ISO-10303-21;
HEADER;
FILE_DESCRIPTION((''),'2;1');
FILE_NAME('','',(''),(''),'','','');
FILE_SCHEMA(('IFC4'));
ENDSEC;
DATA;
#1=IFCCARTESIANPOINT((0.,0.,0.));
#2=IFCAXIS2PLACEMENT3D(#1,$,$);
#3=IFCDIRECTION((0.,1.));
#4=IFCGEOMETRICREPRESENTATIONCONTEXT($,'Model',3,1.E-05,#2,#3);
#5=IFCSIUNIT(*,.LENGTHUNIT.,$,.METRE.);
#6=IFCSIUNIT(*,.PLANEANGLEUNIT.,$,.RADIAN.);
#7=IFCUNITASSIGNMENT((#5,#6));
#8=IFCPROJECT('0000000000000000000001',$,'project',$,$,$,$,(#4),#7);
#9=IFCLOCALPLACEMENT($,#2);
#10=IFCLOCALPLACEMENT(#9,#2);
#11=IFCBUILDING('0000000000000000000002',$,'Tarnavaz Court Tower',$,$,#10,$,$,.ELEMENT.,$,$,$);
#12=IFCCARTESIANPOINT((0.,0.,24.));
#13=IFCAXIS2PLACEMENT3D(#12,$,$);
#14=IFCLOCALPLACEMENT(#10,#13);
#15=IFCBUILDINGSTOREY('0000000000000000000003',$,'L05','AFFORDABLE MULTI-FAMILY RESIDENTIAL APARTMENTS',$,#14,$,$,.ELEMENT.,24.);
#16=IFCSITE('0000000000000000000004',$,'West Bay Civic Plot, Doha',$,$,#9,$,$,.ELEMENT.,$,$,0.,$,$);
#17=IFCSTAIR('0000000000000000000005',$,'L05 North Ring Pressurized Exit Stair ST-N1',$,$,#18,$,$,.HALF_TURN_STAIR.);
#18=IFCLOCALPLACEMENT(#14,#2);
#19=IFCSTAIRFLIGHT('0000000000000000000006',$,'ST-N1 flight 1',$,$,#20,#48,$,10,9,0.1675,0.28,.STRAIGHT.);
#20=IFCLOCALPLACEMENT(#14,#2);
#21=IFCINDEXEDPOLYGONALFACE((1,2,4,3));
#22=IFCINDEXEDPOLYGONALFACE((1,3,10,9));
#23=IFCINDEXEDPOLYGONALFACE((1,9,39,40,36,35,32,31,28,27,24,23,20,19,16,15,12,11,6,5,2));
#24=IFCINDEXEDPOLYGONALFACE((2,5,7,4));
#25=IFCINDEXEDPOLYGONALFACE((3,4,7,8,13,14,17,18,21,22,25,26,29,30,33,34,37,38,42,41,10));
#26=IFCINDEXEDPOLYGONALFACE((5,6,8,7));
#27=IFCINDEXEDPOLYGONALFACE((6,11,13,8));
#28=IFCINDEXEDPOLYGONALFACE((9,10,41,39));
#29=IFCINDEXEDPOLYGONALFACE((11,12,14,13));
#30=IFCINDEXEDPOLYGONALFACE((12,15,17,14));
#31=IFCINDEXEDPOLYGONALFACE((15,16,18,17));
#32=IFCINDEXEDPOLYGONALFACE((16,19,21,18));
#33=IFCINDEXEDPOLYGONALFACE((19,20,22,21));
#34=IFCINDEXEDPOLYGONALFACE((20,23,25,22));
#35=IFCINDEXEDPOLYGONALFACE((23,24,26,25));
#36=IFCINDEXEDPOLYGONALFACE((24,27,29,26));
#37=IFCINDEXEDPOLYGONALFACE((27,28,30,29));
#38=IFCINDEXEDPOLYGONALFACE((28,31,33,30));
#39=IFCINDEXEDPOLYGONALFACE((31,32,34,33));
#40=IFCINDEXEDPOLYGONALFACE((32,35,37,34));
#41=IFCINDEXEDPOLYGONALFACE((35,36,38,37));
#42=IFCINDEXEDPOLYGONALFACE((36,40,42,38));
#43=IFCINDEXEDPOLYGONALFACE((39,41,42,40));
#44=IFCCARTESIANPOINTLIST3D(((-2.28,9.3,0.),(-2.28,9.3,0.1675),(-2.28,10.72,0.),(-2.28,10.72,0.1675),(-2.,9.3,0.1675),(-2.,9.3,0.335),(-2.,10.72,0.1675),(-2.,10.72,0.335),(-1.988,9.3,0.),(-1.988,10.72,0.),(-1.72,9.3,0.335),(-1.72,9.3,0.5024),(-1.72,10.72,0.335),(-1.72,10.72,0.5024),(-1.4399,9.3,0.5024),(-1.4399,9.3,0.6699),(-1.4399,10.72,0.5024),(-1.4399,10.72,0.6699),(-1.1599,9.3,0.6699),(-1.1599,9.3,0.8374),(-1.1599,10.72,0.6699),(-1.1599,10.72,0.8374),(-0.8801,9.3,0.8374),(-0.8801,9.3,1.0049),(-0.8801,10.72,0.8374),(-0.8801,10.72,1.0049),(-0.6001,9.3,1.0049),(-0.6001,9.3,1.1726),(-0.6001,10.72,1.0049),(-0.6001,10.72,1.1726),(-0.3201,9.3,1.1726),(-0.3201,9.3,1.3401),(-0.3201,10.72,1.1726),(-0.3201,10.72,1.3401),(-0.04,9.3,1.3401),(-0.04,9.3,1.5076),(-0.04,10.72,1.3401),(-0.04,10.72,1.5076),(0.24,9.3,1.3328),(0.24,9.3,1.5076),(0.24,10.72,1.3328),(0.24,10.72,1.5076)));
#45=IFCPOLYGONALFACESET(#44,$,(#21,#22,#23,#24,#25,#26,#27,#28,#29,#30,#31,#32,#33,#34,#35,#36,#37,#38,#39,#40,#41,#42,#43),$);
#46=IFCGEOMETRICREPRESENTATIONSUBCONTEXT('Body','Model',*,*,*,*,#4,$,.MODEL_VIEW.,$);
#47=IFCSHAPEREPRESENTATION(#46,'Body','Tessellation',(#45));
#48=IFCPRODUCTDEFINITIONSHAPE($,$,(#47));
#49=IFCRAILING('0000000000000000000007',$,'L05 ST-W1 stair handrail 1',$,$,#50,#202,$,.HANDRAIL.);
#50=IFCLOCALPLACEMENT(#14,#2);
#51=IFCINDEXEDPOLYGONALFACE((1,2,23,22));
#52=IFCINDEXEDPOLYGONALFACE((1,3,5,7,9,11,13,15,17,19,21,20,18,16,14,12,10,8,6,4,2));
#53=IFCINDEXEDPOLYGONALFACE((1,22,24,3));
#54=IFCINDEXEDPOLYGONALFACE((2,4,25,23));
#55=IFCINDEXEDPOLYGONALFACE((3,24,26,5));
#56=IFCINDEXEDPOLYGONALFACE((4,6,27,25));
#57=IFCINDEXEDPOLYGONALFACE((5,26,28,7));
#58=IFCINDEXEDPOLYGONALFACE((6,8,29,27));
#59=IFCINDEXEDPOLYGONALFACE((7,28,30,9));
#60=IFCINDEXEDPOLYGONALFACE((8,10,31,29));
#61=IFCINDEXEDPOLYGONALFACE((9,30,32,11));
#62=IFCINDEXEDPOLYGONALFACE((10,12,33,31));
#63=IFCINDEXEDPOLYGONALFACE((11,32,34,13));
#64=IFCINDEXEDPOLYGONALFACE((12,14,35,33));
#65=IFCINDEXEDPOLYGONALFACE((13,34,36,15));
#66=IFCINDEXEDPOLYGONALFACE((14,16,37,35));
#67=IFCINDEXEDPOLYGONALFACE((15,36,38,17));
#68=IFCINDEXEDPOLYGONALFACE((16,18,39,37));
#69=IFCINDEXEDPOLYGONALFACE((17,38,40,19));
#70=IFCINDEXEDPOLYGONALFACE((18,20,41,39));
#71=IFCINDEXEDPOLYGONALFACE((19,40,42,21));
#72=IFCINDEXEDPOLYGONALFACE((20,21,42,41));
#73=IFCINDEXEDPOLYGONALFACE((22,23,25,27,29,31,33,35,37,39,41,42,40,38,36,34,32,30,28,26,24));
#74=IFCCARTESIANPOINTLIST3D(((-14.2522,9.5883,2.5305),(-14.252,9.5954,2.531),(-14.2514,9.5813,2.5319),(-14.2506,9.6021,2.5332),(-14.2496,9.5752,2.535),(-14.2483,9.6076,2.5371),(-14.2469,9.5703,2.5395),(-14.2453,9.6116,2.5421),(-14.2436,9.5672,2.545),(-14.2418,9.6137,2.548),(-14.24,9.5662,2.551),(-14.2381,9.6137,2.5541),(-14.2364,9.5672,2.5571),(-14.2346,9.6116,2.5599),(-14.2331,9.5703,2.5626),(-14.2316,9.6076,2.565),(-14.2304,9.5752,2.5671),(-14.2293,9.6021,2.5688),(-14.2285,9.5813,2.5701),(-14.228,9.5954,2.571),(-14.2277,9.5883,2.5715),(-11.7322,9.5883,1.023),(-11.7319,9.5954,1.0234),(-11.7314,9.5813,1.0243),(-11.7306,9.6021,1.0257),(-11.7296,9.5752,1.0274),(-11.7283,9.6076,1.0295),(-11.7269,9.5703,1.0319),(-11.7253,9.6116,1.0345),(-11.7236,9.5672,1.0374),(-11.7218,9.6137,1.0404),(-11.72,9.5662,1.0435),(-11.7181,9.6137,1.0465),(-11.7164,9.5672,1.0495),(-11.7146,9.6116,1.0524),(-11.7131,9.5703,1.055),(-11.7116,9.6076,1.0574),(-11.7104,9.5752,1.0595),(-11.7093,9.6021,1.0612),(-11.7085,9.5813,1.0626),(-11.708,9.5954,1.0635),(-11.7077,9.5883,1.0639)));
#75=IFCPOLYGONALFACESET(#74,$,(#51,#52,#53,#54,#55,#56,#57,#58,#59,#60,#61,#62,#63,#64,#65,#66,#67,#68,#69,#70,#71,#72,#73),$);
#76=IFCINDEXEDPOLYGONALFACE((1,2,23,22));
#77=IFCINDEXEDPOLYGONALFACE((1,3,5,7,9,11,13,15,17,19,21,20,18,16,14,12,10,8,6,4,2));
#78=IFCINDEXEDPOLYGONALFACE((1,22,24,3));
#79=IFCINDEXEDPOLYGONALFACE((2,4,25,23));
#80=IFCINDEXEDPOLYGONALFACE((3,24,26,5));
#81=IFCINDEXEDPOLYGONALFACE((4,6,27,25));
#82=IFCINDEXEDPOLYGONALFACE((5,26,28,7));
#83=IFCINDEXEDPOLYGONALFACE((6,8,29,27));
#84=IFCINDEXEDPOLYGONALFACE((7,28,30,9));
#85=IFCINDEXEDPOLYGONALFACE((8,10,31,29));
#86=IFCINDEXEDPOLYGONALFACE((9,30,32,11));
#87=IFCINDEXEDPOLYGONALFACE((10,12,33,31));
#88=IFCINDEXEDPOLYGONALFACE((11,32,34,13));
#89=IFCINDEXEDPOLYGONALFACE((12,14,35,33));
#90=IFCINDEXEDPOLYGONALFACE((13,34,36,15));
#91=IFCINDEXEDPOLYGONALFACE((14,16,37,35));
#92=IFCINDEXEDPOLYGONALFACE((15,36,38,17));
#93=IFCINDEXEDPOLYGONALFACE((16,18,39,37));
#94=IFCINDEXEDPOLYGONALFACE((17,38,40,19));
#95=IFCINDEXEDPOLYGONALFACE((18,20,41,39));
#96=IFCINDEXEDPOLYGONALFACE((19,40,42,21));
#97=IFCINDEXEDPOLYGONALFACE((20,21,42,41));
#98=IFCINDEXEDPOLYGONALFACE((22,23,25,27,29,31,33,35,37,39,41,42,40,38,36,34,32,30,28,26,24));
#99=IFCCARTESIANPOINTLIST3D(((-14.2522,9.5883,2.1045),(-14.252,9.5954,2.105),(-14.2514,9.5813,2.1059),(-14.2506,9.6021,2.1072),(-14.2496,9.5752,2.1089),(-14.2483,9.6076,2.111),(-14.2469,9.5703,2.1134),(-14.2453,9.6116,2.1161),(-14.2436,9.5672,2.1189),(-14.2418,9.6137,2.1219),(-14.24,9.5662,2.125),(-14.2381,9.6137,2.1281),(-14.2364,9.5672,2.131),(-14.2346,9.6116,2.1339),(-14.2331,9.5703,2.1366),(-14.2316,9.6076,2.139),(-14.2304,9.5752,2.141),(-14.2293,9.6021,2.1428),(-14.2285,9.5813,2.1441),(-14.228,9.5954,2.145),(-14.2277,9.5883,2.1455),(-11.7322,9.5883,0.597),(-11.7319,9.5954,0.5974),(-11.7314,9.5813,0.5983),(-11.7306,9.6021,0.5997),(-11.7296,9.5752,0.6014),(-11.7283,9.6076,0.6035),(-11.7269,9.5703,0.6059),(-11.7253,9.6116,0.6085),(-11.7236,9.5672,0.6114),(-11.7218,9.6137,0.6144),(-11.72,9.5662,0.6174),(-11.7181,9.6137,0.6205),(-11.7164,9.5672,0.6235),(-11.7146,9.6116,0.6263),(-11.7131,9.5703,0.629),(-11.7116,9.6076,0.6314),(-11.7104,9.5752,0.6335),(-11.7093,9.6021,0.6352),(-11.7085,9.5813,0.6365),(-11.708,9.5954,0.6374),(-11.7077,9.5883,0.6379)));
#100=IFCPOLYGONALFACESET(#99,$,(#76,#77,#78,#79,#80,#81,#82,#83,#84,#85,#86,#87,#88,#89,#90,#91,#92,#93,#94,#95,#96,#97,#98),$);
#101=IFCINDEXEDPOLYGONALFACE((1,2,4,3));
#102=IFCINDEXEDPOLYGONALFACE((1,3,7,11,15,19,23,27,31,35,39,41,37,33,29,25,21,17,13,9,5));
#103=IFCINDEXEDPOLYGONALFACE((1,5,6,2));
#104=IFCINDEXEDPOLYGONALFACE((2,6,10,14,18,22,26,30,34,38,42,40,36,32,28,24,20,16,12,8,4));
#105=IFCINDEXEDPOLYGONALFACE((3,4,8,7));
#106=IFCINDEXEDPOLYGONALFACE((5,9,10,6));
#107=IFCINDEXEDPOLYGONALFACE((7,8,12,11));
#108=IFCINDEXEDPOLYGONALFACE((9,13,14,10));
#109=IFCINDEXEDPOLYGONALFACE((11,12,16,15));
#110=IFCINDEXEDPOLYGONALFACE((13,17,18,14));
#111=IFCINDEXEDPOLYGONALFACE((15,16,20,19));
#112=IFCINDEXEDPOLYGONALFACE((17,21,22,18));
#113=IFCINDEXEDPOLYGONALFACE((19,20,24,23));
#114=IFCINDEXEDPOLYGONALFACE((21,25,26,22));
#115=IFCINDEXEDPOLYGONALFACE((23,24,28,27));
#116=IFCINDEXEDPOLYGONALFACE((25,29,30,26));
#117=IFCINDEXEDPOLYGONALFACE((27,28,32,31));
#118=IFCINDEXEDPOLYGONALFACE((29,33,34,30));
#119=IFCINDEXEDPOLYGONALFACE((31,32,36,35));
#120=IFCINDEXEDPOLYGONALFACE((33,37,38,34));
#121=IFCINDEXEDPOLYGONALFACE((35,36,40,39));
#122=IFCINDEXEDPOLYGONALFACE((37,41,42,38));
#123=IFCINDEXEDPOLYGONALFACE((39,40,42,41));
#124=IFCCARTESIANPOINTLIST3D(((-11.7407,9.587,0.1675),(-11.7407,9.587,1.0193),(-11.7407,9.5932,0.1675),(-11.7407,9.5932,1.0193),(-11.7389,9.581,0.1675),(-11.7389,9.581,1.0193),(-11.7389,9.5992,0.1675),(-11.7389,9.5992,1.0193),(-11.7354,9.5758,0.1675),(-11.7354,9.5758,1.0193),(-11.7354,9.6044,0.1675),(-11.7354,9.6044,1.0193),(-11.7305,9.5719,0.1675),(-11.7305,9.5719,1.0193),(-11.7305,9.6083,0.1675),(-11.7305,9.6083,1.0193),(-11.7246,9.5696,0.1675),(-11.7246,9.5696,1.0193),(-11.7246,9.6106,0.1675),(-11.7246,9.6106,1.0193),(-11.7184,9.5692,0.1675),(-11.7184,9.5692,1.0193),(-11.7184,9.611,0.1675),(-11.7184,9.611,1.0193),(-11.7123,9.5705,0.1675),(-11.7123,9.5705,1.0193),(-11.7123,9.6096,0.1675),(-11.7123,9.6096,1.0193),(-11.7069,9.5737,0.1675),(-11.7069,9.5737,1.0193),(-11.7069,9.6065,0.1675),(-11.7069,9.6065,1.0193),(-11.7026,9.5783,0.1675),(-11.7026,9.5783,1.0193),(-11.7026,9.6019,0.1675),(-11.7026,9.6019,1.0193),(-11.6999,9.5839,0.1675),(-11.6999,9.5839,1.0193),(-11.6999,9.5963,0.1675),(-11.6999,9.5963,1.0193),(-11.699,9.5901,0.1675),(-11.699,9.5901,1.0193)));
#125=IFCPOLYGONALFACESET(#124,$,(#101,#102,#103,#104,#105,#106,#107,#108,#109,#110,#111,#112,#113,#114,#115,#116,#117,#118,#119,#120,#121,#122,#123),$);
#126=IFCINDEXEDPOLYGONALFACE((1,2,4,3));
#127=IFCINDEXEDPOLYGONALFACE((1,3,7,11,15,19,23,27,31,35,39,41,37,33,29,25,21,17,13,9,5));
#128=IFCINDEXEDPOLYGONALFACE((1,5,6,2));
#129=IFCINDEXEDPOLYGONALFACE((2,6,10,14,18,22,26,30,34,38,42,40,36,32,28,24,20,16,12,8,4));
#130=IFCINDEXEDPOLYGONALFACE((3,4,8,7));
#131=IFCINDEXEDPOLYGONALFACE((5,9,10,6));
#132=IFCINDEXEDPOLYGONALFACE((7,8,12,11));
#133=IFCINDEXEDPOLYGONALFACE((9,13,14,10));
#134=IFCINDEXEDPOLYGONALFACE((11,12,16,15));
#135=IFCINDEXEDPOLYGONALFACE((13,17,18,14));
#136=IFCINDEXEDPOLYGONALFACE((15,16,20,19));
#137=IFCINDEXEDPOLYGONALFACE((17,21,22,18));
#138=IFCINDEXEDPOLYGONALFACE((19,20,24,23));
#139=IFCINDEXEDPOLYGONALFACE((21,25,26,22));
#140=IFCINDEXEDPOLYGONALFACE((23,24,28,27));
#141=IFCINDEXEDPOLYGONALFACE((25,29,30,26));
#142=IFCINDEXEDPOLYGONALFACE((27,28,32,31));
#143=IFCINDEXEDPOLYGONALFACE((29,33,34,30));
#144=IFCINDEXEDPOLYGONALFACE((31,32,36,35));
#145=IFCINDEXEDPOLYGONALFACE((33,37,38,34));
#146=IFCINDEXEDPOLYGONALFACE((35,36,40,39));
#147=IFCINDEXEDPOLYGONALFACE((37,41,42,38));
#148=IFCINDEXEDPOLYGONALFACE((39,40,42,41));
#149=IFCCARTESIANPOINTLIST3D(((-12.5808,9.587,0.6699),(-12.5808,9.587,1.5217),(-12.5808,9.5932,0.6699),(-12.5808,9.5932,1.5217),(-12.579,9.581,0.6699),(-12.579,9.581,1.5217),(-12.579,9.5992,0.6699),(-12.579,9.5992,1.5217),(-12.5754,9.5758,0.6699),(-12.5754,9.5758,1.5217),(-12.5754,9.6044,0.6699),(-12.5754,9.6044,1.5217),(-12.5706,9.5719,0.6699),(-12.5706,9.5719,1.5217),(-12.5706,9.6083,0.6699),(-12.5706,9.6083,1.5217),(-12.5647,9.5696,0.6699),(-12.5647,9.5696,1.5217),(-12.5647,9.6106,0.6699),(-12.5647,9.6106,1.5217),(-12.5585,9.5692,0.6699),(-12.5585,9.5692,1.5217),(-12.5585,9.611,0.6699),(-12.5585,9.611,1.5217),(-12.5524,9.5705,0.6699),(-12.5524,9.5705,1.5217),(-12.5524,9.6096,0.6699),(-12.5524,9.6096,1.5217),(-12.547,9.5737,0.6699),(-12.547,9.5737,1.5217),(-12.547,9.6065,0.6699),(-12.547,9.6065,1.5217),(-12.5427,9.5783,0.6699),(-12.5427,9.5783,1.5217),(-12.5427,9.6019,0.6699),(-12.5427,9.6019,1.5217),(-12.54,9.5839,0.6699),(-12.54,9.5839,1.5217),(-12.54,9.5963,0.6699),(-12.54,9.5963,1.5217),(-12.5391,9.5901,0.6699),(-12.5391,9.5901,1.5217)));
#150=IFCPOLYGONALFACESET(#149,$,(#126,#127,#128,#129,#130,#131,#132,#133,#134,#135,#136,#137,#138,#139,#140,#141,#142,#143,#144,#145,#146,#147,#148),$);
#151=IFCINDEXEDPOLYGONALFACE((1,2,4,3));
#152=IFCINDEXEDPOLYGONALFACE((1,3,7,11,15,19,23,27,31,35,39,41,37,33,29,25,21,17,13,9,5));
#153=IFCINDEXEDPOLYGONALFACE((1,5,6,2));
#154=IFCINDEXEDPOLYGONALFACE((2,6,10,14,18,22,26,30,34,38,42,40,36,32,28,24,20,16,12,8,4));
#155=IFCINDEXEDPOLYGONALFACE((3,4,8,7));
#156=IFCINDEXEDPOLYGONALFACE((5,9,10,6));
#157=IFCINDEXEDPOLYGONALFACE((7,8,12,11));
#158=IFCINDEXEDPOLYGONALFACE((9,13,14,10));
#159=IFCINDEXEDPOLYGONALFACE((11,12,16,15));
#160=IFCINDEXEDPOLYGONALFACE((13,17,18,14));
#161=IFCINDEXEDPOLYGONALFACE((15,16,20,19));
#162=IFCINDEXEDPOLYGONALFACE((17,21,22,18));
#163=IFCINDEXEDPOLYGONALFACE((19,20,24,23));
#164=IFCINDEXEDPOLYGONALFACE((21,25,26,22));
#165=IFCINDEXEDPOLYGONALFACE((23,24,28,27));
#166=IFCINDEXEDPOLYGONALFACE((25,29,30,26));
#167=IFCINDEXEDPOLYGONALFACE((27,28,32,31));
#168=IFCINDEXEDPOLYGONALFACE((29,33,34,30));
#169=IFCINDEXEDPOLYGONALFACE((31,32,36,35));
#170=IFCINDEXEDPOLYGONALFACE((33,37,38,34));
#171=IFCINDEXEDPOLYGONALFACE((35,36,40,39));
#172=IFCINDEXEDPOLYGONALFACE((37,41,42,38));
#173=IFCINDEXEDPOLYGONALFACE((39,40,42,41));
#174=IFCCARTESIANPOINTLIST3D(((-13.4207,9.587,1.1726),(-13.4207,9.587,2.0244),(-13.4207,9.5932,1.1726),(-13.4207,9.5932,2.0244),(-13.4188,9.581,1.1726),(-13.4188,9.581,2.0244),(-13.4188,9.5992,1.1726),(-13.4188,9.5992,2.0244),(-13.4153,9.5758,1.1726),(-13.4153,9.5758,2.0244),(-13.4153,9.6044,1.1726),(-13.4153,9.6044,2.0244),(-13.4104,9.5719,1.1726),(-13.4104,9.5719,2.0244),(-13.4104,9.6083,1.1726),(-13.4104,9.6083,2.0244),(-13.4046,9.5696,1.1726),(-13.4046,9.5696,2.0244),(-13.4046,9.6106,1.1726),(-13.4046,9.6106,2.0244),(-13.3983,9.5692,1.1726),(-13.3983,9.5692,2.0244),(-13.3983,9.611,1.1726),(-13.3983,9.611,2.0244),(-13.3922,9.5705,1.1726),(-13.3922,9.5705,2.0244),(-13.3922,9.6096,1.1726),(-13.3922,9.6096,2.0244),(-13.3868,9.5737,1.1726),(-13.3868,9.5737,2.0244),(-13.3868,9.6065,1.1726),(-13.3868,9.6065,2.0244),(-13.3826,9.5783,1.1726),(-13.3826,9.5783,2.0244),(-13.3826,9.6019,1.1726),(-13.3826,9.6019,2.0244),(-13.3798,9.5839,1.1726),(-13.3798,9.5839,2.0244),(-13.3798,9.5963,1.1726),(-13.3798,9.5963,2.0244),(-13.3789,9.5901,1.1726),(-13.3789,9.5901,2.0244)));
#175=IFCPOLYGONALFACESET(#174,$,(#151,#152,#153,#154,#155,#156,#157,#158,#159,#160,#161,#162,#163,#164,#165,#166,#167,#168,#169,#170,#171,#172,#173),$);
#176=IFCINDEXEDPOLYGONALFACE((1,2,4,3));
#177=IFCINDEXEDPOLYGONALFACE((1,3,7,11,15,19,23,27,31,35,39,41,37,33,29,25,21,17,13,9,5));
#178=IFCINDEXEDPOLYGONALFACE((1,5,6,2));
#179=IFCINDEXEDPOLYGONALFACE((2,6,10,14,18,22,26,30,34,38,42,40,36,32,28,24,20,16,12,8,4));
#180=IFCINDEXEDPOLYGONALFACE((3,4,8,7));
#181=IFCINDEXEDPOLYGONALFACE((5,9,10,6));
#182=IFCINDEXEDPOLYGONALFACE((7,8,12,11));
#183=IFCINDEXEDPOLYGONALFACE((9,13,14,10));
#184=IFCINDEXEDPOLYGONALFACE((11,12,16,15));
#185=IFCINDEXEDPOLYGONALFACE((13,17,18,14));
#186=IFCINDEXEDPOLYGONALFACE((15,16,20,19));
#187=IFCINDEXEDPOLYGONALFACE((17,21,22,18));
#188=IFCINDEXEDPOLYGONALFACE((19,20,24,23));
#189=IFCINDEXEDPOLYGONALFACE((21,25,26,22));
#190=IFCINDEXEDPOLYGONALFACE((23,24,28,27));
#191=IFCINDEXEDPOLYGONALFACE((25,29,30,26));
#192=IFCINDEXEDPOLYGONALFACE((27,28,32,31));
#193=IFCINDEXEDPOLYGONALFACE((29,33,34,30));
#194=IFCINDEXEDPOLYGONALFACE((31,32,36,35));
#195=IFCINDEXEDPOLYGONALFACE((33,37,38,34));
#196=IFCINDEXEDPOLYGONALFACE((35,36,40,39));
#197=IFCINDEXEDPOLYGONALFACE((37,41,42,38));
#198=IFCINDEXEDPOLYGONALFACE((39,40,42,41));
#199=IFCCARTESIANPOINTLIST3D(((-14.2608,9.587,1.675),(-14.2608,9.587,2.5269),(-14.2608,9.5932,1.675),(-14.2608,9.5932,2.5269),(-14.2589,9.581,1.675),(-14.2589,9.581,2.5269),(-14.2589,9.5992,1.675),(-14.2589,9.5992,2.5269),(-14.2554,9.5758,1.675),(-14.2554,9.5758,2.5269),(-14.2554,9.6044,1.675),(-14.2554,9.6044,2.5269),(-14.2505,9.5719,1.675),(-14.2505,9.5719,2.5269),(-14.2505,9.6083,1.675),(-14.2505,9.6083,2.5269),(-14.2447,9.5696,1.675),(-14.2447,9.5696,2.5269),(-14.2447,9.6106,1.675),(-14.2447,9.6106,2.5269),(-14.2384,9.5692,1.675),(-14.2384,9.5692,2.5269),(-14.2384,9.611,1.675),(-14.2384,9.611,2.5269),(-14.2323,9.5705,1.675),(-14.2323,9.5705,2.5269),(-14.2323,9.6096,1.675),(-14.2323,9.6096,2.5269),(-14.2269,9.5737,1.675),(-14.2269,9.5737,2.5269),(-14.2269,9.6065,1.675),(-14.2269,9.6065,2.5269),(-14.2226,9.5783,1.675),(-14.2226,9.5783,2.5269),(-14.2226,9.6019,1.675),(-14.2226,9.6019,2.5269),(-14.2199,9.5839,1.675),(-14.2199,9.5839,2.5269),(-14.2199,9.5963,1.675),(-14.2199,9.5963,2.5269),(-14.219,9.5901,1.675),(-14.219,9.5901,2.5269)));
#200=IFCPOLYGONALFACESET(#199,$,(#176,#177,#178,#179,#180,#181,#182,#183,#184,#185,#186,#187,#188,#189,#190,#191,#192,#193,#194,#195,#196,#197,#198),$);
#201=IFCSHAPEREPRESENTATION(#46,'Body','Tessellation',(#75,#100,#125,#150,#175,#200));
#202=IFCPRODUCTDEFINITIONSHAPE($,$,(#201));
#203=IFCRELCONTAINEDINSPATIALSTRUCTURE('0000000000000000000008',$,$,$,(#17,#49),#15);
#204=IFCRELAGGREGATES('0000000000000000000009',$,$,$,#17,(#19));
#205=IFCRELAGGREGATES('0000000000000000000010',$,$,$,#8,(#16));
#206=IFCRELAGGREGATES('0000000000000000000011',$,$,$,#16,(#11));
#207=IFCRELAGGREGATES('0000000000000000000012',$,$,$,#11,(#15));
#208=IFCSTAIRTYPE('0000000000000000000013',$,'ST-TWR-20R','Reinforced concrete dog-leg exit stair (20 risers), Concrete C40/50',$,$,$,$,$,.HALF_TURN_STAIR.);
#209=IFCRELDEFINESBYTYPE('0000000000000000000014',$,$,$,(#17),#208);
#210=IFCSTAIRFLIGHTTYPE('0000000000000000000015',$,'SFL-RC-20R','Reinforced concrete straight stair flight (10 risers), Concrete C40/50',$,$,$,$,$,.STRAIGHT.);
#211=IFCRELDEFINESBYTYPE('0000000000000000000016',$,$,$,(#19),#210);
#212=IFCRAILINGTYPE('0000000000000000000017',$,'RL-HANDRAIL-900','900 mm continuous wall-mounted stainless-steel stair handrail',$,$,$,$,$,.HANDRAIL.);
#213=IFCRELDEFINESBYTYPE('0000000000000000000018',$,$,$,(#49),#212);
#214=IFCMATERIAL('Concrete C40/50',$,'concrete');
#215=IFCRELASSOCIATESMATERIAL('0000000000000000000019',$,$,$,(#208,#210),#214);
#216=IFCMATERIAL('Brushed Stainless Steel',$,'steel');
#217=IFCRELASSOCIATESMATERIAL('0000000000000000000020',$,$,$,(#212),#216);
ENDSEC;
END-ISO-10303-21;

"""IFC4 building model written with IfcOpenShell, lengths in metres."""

from ifc_helpers import new_model, si_unit, direction, frame, origin, origin_2d, place, context, subcontext, project, spatial, polyline, circle, outline, extrude, material, type_object, element, aggregate, save


model = new_model("IFC4")

# Units and contexts
model_context = context("Model", 3, precision=1e-05, world=origin(), true_north=direction((0.0, 1.0)))
body_context = subcontext(model_context, "Body", "Model", "MODEL_VIEW")
ifc_project = project(units=[si_unit("LENGTHUNIT", "METRE"), si_unit("PLANEANGLEUNIT", "RADIAN")], contexts=[model_context])

# Site, building, storey
site_placement = place(None, origin())
site = spatial("IfcSite", under=ifc_project, at=site_placement, Name="West Bay Civic Plot, Doha", CompositionType="ELEMENT", RefElevation=0.0)
building_placement = place(site_placement, origin())
building = spatial("IfcBuilding", under=site, at=building_placement, Name="Tarnavaz Court Tower", CompositionType="ELEMENT")
storey_placement = place(building_placement, frame((0.0, 0.0, 24.0)))
storey = spatial("IfcBuildingStorey", under=building, at=storey_placement, Name="L05", Description="AFFORDABLE MULTI-FAMILY RESIDENTIAL APARTMENTS", CompositionType="ELEMENT", Elevation=24.0)

# Stair, stair flight
ifc_material_1 = material(Name="Concrete C40/50", Category="concrete")
stair_type = type_object("IfcStairType", Name="ST-TWR-20R", Description="Reinforced concrete dog-leg exit stair (20 risers), Concrete C40/50", PredefinedType="HALF_TURN_STAIR", material=ifc_material_1)
stair_flight_type = type_object("IfcStairFlightType", Name="SFL-RC-20R", Description="Reinforced concrete straight stair flight (10 risers), Concrete C40/50", PredefinedType="STRAIGHT", material=ifc_material_1)
stair_1_placement = place(storey_placement, origin())
stair_1 = element("IfcStair", 1, at=stair_1_placement, inside=storey, type_object=stair_type, Name="L05 North Ring Pressurized Exit Stair ST-N1", PredefinedType="HALF_TURN_STAIR")
stair_flight_1_placement = place(storey_placement, frame((-2.28, 10.01, 0.0), z_axis=(0.0, 0.0, 1.0), x_axis=(1.0, 0.0, 0.0)))
stair_flight_1 = element("IfcStairFlight", 2, at=stair_flight_1_placement, type_object=stair_flight_type, Name="ST-N1 flight 1", NumberOfRisers=10, NumberOfTreads=9, PredefinedType="STRAIGHT", RiserHeight=0.1675, TreadLength=0.28, context=body_context, shape_type="SweptSolid", body=[
    extrude(outline(polyline([(0.0, 0.0), (0.0, 0.1675), (0.28, 0.1675), (0.28, 0.335), (0.5601, 0.335), (0.5601, 0.5024), (0.8401, 0.5024), (0.8401, 0.6699), (1.1201, 0.6699), (1.1201, 0.8374), (1.3999, 0.8374), (1.3999, 1.0049), (1.6799, 1.0049), (1.6799, 1.1726), (1.96, 1.1726), (1.96, 1.3401), (2.24, 1.3401), (2.24, 1.5076), (2.52, 1.5076), (2.52, 1.675), (2.52, 1.3328), (0.292, 0.0), (0.0, 0.0)])), frame((0.0, 0.71, 0.0), z_axis=(0.0, -1.0, 0.0), x_axis=(1.0, 0.0, 0.0)), (0.0, 0.0, 1.0), 1.4199),
])
aggregate(stair_1, [stair_flight_1])

# Railing
ifc_material_2 = material(Name="Brushed Stainless Steel", Category="steel")
railing_type_1 = type_object("IfcRailingType", Name="RL-HANDRAIL-900", Description="900 mm continuous wall-mounted stainless-steel stair handrail", PredefinedType="HANDRAIL", material=ifc_material_2)
railing_1_placement = place(storey_placement, frame((-11.72, 9.5901, 0.1675)))
element("IfcRailing", 3, at=railing_1_placement, inside=storey, type_object=railing_type_1, Name="L05 ST-W1 stair handrail 1", PredefinedType="HANDRAIL", context=body_context, shape_type="SweptSolid", body=[
    extrude(circle(Radius=0.0239, at=origin_2d()), frame((0.0, 0.0, 0.876), z_axis=(-0.85816, 0.0, 0.513383), x_axis=(0.0, -1.0, 0.0)), (0.0, 0.0, 1.0), 2.9365),
    extrude(circle(Radius=0.0239, at=origin_2d()), frame((0.0, 0.0, 0.45), z_axis=(-0.85816, 0.0, 0.513383), x_axis=(0.0, -1.0, 0.0)), (0.0, 0.0, 1.0), 2.9365),
    extrude(circle(Radius=0.021, at=origin_2d()), origin(), (0.0, 0.0, 1.0), 0.8518),
    extrude(circle(Radius=0.021, at=origin_2d()), frame((-0.8401, 0.0, 0.5024)), (0.0, 0.0, 1.0), 0.8518),
    extrude(circle(Radius=0.021, at=origin_2d()), frame((-1.6799, 0.0, 1.0051)), (0.0, 0.0, 1.0), 0.8518),
    extrude(circle(Radius=0.021, at=origin_2d()), frame((-2.52, 0.0, 1.5076)), (0.0, 0.0, 1.0), 0.8518),
])

save(model, "model.ifc")
